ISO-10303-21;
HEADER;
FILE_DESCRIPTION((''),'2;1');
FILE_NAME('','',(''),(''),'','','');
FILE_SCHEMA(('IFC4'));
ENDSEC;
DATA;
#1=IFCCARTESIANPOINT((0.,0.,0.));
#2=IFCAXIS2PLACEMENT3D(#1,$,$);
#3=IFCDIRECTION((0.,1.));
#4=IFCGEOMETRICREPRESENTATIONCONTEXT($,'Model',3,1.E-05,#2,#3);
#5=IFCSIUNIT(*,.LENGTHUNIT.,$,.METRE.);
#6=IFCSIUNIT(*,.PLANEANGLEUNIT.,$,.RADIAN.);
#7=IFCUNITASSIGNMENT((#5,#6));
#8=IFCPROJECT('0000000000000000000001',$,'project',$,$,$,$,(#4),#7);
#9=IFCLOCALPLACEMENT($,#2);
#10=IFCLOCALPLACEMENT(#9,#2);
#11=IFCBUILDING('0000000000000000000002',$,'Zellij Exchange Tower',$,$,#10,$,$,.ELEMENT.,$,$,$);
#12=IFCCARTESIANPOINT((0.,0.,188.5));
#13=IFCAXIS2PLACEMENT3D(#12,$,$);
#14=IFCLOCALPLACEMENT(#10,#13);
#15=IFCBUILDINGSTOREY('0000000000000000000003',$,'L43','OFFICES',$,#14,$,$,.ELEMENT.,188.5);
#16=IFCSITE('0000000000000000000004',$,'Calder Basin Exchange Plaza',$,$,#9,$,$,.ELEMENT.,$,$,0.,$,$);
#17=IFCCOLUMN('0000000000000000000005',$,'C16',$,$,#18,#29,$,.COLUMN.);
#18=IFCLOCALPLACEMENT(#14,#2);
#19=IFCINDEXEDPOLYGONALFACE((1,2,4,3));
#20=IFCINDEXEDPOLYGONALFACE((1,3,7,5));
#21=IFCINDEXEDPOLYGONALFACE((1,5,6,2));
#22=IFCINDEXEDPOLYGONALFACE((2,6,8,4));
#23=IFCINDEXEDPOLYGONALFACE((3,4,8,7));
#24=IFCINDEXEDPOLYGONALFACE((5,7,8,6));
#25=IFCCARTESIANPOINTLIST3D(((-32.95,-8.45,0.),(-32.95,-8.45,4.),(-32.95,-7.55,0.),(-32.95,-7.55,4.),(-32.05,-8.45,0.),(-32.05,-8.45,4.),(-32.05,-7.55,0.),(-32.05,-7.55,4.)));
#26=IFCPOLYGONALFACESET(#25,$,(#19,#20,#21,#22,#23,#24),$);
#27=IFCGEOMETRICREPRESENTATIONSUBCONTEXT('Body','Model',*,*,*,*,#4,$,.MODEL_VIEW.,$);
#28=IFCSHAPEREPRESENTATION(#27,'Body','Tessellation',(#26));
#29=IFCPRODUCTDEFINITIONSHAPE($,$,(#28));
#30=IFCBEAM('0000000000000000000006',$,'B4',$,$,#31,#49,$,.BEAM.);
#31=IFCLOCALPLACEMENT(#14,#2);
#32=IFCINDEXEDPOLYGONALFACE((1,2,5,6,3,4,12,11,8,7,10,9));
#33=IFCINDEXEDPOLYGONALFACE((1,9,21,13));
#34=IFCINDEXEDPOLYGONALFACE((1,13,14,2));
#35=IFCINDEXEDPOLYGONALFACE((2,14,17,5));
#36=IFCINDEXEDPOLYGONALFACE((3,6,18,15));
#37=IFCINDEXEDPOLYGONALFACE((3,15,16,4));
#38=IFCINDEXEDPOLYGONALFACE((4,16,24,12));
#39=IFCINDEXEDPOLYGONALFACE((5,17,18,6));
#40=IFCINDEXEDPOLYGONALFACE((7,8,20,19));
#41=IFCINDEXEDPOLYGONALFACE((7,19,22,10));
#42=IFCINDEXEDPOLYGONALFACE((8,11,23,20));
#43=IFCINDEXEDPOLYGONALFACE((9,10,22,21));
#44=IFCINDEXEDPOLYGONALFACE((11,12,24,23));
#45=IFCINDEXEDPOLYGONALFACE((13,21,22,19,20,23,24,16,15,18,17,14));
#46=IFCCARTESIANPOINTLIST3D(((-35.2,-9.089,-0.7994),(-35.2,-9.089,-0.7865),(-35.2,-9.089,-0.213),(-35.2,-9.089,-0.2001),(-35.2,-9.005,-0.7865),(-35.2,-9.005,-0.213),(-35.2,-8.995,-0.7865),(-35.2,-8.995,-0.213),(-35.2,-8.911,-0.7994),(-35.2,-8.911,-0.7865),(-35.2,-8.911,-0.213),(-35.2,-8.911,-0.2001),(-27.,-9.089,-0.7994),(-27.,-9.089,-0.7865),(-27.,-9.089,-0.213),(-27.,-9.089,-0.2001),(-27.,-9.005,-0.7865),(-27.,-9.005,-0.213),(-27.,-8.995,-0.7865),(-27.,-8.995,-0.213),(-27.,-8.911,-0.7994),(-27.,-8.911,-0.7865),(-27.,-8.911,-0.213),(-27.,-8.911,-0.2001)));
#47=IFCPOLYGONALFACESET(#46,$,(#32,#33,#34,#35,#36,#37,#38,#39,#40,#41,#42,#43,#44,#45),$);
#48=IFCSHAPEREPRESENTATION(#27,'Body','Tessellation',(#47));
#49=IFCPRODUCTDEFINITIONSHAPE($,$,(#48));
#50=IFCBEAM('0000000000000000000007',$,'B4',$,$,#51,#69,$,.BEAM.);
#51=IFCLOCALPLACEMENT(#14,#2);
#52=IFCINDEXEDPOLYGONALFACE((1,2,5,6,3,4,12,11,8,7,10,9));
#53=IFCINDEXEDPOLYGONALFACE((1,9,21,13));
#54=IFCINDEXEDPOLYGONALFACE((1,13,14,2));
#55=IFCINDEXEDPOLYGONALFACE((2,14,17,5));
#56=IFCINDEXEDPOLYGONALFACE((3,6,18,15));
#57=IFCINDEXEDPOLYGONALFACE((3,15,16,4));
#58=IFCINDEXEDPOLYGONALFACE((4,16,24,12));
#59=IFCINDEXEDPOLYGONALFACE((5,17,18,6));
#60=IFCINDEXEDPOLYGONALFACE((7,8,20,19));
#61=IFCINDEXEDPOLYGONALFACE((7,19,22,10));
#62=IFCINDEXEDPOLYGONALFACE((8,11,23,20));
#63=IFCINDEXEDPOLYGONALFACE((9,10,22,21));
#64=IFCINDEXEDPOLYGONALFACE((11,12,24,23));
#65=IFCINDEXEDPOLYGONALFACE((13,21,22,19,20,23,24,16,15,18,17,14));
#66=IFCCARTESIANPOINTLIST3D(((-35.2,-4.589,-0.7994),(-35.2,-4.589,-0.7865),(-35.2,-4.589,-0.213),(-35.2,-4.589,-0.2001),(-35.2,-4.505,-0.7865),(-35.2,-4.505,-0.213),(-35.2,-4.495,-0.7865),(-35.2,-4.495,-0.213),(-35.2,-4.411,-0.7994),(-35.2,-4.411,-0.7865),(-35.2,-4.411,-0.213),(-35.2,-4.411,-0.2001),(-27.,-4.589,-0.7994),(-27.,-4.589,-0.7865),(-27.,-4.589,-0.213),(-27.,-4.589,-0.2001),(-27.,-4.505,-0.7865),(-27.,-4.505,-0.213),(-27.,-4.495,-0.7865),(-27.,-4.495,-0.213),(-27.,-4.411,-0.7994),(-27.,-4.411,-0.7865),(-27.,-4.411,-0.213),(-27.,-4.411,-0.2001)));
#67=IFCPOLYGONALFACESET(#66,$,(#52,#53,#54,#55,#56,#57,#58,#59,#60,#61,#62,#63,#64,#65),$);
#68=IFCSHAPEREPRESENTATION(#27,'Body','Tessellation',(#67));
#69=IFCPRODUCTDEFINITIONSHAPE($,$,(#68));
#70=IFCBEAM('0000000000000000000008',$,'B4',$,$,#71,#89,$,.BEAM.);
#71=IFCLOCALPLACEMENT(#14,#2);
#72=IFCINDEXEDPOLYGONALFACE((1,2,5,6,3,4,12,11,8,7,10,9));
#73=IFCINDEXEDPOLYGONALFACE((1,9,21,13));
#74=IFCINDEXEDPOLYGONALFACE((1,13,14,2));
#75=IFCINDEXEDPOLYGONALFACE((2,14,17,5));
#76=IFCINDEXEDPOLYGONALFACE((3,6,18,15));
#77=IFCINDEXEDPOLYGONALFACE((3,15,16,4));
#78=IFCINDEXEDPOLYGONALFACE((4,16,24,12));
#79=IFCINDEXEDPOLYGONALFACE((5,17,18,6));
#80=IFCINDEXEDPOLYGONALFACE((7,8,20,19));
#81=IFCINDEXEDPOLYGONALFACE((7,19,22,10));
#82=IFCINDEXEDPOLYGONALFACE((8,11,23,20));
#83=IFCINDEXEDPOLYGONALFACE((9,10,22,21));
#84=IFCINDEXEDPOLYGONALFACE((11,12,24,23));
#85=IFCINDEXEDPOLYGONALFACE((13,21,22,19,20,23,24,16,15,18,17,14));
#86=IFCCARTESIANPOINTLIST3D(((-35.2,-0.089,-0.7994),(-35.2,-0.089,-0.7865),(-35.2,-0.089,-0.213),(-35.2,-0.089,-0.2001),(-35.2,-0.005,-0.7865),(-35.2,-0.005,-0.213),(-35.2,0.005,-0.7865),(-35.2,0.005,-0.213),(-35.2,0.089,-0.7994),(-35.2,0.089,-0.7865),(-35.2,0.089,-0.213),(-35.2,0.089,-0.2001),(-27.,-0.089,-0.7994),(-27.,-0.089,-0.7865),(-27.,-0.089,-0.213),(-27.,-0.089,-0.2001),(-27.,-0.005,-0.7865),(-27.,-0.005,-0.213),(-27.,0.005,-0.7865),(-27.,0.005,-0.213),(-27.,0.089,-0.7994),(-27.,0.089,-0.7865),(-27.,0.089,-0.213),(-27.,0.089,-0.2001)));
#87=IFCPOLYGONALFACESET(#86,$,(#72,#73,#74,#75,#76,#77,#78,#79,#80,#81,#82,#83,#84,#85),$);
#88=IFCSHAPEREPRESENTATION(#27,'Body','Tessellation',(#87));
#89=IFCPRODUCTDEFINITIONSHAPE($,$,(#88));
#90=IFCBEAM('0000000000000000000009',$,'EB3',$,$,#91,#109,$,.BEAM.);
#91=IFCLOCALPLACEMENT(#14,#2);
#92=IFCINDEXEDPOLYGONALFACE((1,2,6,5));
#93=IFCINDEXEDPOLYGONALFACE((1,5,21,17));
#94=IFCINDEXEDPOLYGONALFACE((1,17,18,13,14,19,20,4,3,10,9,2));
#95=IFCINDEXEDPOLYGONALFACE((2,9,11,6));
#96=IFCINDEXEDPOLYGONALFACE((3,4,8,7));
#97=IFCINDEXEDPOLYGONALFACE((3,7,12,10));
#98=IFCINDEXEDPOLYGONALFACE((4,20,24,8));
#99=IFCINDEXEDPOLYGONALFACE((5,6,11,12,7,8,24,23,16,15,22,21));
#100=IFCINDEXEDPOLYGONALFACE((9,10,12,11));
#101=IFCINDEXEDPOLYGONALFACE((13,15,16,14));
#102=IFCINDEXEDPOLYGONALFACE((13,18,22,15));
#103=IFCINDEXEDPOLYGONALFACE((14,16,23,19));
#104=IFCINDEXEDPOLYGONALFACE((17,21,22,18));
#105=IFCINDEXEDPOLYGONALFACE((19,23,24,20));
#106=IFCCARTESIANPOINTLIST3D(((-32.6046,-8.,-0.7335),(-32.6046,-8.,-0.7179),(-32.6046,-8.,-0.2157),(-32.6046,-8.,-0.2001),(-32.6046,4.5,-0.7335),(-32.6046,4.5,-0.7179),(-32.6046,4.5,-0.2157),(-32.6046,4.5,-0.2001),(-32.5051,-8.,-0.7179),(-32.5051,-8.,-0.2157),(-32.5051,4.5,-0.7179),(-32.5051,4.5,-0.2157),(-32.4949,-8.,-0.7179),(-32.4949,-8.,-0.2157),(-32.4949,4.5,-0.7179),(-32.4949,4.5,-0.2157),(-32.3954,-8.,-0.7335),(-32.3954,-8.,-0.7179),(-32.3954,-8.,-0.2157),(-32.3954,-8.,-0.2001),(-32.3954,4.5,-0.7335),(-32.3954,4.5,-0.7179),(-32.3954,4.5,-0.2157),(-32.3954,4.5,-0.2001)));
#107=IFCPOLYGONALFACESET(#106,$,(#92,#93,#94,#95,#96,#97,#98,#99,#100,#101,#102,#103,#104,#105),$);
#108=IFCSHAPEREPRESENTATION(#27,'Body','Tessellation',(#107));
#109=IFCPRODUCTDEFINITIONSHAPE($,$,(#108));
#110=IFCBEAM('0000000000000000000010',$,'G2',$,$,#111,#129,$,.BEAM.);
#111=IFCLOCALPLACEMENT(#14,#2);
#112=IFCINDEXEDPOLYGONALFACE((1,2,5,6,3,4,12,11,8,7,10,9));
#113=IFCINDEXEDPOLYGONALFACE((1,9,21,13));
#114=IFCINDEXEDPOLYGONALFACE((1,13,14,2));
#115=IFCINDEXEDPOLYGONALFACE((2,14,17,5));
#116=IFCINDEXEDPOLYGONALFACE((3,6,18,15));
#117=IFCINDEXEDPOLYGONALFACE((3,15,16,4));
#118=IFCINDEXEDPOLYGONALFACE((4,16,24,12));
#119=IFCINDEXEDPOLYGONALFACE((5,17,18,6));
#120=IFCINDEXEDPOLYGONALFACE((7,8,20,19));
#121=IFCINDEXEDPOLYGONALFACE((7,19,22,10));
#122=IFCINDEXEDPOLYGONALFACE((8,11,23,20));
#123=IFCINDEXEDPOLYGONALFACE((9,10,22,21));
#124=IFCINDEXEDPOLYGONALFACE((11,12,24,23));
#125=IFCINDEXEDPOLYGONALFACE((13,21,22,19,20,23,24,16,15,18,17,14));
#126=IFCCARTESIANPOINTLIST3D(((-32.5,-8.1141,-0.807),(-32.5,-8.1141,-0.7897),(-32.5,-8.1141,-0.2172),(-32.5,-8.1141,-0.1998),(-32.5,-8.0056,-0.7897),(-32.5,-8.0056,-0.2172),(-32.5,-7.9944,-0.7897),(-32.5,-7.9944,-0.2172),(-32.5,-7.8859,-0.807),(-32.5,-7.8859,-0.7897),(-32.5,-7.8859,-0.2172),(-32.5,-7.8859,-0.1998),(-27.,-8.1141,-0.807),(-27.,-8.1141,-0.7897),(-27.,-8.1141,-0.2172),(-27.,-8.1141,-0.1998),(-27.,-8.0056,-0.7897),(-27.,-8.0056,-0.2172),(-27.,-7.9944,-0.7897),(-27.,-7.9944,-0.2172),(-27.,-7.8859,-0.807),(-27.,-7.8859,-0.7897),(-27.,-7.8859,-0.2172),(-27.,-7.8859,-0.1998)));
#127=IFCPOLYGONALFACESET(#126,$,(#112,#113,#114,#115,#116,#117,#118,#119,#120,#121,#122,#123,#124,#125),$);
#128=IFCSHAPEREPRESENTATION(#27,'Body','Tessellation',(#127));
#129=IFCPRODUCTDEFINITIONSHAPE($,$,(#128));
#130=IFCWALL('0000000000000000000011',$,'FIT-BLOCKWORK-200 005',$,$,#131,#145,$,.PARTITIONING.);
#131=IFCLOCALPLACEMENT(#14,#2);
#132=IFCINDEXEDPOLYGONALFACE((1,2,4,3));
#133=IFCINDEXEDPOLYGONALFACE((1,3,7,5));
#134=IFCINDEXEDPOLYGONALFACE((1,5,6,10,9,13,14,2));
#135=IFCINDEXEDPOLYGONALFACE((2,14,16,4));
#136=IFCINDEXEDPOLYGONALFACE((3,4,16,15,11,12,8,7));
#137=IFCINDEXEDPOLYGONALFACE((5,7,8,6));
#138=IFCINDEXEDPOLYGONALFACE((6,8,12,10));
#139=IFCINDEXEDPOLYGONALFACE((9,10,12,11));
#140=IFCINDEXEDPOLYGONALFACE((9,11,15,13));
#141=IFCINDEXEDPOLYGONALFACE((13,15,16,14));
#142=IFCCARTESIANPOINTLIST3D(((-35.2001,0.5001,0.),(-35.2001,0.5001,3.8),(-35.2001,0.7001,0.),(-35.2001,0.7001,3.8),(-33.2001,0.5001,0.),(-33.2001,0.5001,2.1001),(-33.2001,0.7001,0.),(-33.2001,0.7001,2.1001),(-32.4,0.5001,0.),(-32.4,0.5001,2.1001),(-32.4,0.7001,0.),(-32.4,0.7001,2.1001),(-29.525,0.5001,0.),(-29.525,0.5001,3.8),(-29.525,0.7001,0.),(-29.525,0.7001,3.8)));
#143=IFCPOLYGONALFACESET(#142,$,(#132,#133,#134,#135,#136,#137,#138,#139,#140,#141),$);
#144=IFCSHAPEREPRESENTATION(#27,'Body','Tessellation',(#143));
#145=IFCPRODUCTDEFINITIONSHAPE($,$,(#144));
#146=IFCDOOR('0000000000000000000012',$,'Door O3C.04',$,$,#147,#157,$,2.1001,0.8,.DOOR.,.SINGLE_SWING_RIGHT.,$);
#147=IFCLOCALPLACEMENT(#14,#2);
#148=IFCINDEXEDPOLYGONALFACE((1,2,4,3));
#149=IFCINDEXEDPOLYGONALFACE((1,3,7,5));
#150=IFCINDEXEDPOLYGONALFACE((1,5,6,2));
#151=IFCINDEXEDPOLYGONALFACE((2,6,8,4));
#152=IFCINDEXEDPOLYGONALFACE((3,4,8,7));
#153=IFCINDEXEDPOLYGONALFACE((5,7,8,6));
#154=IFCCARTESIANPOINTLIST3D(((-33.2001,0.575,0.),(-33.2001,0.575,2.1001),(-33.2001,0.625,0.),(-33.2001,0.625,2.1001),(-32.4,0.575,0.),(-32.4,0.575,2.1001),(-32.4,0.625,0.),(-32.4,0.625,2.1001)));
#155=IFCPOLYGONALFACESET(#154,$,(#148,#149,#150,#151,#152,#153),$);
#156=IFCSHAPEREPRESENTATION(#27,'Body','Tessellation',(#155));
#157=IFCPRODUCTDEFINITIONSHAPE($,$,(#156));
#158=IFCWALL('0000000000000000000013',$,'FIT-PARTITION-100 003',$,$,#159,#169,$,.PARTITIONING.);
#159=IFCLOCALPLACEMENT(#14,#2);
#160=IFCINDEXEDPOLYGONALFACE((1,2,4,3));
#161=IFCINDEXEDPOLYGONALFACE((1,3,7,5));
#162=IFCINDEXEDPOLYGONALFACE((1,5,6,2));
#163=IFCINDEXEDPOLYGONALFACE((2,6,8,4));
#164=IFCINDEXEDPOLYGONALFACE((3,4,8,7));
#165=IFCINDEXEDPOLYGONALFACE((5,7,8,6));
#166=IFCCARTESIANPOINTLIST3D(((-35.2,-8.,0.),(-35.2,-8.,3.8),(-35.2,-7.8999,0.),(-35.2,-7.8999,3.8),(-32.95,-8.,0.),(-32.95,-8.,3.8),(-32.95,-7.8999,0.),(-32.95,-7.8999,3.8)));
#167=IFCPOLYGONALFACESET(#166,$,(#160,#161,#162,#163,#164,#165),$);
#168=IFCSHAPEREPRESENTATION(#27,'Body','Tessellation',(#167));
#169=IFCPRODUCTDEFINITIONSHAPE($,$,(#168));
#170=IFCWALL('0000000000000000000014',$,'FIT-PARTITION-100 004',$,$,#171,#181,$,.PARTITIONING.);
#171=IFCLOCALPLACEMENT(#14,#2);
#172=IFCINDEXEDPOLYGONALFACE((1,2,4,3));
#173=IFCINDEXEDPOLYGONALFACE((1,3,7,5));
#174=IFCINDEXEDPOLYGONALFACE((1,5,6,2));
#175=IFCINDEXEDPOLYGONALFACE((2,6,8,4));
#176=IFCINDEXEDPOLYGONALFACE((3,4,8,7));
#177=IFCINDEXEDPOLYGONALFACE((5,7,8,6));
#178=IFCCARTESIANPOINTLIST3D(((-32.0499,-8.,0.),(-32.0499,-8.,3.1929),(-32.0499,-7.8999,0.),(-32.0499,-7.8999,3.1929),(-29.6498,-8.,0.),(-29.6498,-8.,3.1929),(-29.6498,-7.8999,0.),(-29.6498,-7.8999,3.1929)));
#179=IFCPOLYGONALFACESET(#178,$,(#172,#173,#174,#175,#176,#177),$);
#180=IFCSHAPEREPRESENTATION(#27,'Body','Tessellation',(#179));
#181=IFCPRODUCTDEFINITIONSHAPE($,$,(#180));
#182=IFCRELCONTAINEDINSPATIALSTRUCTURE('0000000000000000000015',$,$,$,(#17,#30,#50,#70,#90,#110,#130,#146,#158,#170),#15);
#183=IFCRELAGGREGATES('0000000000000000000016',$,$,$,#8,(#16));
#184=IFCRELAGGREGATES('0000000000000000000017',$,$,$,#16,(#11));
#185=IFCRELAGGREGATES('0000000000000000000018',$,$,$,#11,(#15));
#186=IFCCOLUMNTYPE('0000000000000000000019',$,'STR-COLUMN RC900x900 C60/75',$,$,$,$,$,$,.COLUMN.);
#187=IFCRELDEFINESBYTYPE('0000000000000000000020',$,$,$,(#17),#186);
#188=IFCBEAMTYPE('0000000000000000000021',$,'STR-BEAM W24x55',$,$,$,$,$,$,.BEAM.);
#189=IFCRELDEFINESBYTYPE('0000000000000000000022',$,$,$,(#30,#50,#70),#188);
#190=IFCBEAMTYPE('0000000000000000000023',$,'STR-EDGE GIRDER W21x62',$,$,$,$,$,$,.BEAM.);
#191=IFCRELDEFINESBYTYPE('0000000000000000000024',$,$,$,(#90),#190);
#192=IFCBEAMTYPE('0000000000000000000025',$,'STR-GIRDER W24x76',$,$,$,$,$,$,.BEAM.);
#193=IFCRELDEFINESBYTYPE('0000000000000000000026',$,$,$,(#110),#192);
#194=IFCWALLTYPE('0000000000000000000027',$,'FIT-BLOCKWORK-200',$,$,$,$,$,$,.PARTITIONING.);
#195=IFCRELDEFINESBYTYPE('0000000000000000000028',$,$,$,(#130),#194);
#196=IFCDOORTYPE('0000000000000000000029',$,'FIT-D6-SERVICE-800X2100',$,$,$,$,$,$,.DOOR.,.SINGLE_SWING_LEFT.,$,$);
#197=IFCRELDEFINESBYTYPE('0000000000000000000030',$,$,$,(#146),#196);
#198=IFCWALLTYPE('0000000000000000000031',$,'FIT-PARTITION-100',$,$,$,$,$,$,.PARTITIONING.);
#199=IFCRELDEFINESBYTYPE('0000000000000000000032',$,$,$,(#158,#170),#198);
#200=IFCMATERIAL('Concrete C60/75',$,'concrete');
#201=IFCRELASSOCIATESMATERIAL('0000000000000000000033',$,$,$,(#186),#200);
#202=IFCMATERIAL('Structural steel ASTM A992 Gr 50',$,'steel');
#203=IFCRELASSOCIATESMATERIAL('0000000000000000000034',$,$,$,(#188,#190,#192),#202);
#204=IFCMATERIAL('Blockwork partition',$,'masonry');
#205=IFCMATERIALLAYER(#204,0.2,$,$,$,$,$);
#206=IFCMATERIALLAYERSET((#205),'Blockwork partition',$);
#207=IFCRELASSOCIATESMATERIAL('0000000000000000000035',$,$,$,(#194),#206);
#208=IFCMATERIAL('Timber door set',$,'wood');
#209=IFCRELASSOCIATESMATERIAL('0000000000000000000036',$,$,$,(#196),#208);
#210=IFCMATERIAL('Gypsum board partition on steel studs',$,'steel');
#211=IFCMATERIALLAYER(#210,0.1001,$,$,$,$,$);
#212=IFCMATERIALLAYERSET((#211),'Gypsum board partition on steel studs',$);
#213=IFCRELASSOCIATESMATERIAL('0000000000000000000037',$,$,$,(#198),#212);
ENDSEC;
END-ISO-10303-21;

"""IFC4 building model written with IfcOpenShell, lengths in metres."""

from ifc_helpers import new_model, si_unit, direction, frame, frame_2d, origin, origin_2d, place, context, subcontext, project, spatial, rectangle, i_section, extrude, material, layer, layer_set, material_profile, profile_set, type_object, element, fill, save


model = new_model("IFC4")

# Units and contexts
model_context = context("Model", 3, precision=1e-05, world=origin(), true_north=direction((0.0, 1.0)))
body_context = subcontext(model_context, "Body", "Model", "MODEL_VIEW")
ifc_project = project(units=[si_unit("LENGTHUNIT", "METRE"), si_unit("PLANEANGLEUNIT", "RADIAN")], contexts=[model_context])

# Site, building, storey
site_placement = place(None, origin())
site = spatial("IfcSite", under=ifc_project, at=site_placement, Name="Calder Basin Exchange Plaza", CompositionType="ELEMENT", RefElevation=0.0)
building_placement = place(site_placement, origin())
building = spatial("IfcBuilding", under=site, at=building_placement, Name="Zellij Exchange Tower", CompositionType="ELEMENT")
storey_placement = place(building_placement, frame((0.0, 0.0, 188.5)))
storey = spatial("IfcBuildingStorey", under=building, at=storey_placement, Name="L43", Description="OFFICES", CompositionType="ELEMENT", Elevation=188.5)

# Column
ifc_material_1 = material(Name="Concrete C60/75", Category="concrete")
ifc_material_profile_1 = material_profile(ifc_material_1, rectangle(XDim=0.8999, YDim=0.8999, at=origin_2d()), Name="STR-COLUMN RC900x900 C60/75")
ifc_profile_set_1 = profile_set([ifc_material_profile_1], Name="Concrete C60/75")
column_type = type_object("IfcColumnType", Name="STR-COLUMN RC900x900 C60/75", PredefinedType="COLUMN", material=ifc_profile_set_1)
column_placement = place(storey_placement, frame((-32.5, -8.0, 0.0), z_axis=(0.0, 0.0, 1.0), x_axis=(1.0, 0.0, 0.0)))
element("IfcColumn", 1, at=column_placement, inside=storey, type_object=column_type, Name="C16", PredefinedType="COLUMN", context=body_context, shape_type="SweptSolid", body=[
    extrude(rectangle(XDim=0.8999, YDim=0.8999, at=origin_2d()), origin(), (0.0, 0.0, 1.0), 4.0),
])

# Beams
ifc_material_2 = material(Name="Structural steel ASTM A992 Gr 50", Category="steel")
ifc_material_profile_2 = material_profile(ifc_material_2, i_section(OverallWidth=0.178, OverallDepth=0.5994, WebThickness=0.01, FlangeThickness=0.0129, at=origin_2d()), Name="W24x55")
ifc_profile_set_2 = profile_set([ifc_material_profile_2], Name="Structural steel ASTM A992 Gr 50")
beam_type_1 = type_object("IfcBeamType", Name="STR-BEAM W24x55", PredefinedType="BEAM", material=ifc_profile_set_2)
for number, where, z_axis, x_axis, name in (
    (2, (-35.2, -9.0, -0.4998), (1.0, 0.0, 0.0), (0.0, 1.0, 0.0), "B4"),
    (3, (-35.2, -4.5, -0.4998), (1.0, 0.0, 0.0), (0.0, 1.0, 0.0), "B4"),
    (4, (-35.2, 0.0, -0.4998), (1.0, 0.0, 0.0), (0.0, 1.0, 0.0), "B4"),
):
    element("IfcBeam", number, at=place(storey_placement, frame(where, z_axis=z_axis, x_axis=x_axis)), inside=storey, type_object=beam_type_1, Name=name, PredefinedType="BEAM", context=body_context, shape_type="SweptSolid", body=[
        extrude(i_section(OverallWidth=0.178, OverallDepth=0.5994, WebThickness=0.01, FlangeThickness=0.0129, at=origin_2d()), origin(), (0.0, 0.0, 1.0), 8.2),
    ])
ifc_material_profile_3 = material_profile(ifc_material_2, i_section(OverallWidth=0.2092, OverallDepth=0.5334, WebThickness=0.0103, FlangeThickness=0.0156, at=origin_2d()), Name="W21x62")
ifc_profile_set_3 = profile_set([ifc_material_profile_3], Name="Structural steel ASTM A992 Gr 50")
beam_type_2 = type_object("IfcBeamType", Name="STR-EDGE GIRDER W21x62", PredefinedType="BEAM", material=ifc_profile_set_3)
beam_1_placement = place(storey_placement, frame((-32.5, -8.0, -0.4668), z_axis=(0.0, 1.0, 0.0), x_axis=(-1.0, 0.0, 0.0)))
element("IfcBeam", 5, at=beam_1_placement, inside=storey, type_object=beam_type_2, Name="EB3", PredefinedType="BEAM", context=body_context, shape_type="SweptSolid", body=[
    extrude(i_section(OverallWidth=0.2092, OverallDepth=0.5334, WebThickness=0.0103, FlangeThickness=0.0156, at=origin_2d()), origin(), (0.0, 0.0, 1.0), 12.5),
])
ifc_material_profile_4 = material_profile(ifc_material_2, i_section(OverallWidth=0.2283, OverallDepth=0.6072, WebThickness=0.0112, FlangeThickness=0.0173, at=origin_2d()), Name="W24x76")
ifc_profile_set_4 = profile_set([ifc_material_profile_4], Name="Structural steel ASTM A992 Gr 50")
beam_type_3 = type_object("IfcBeamType", Name="STR-GIRDER W24x76", PredefinedType="BEAM", material=ifc_profile_set_4)
beam_2_placement = place(storey_placement, frame((-32.5, -8.0, -0.5034), z_axis=(1.0, 0.0, 0.0), x_axis=(0.0, 1.0, 0.0)))
element("IfcBeam", 6, at=beam_2_placement, inside=storey, type_object=beam_type_3, Name="G2", PredefinedType="BEAM", context=body_context, shape_type="SweptSolid", body=[
    extrude(i_section(OverallWidth=0.2283, OverallDepth=0.6072, WebThickness=0.0112, FlangeThickness=0.0173, at=origin_2d()), origin(), (0.0, 0.0, 1.0), 5.5),
])

# Wall, opening, door
ifc_material_3 = material(Name="Blockwork partition", Category="masonry")
ifc_layer_1 = layer(ifc_material_3, 0.2)
ifc_layer_set_1 = layer_set([ifc_layer_1], Name="Blockwork partition")
wall_type_1 = type_object("IfcWallType", Name="FIT-BLOCKWORK-200", PredefinedType="PARTITIONING", material=ifc_layer_set_1)
wall_1_placement = place(storey_placement, frame((-35.2, 0.6001, 0.0), z_axis=(0.0, 0.0, 1.0), x_axis=(1.0, 0.0, 0.0)))
wall_1 = element("IfcWall", 7, at=wall_1_placement, inside=storey, type_object=wall_type_1, Name="FIT-BLOCKWORK-200 005", PredefinedType="PARTITIONING", context=body_context, shape_type="SweptSolid", body=[
    extrude(rectangle(XDim=5.675, YDim=0.2, at=frame_2d((2.8374, 0.0))), origin(), (0.0, 0.0, 1.0), 3.8),
])
opening_placement = place(wall_1_placement, frame((2.0, 0.0, 0.0)))
opening = element("IfcOpeningElement", 8, at=opening_placement, cuts=wall_1, PredefinedType="OPENING", context=body_context, shape_type="SweptSolid", body=[
    extrude(rectangle(XDim=0.8, YDim=2.1001, at=frame_2d((0.3999, 1.05))), frame((0.0, 0.1118, 0.0), z_axis=(0.0, -1.0, 0.0), x_axis=(1.0, 0.0, 0.0)), (0.0, 0.0, 1.0), 0.2239),
])
ifc_material_4 = material(Name="Timber door set", Category="wood")
door_type = type_object("IfcDoorType", Name="FIT-D6-SERVICE-800X2100", OperationType="SINGLE_SWING_LEFT", PredefinedType="DOOR", material=ifc_material_4)
door_placement = place(opening_placement, origin())
door = element("IfcDoor", 9, at=door_placement, inside=storey, type_object=door_type, Name="Door O3C.04", OperationType="SINGLE_SWING_RIGHT", OverallHeight=2.1001, OverallWidth=0.8, PredefinedType="DOOR", context=body_context, shape_type="SweptSolid", body=[
    extrude(rectangle(XDim=0.8, YDim=2.1001, at=frame_2d((0.3999, 1.05))), frame((0.0, 0.0249, 0.0), z_axis=(0.0, -1.0, 0.0), x_axis=(1.0, 0.0, 0.0)), (0.0, 0.0, 1.0), 0.05),
])
fill(opening, door)

# Walls
ifc_material_5 = material(Name="Gypsum board partition on steel studs", Category="steel")
ifc_layer_2 = layer(ifc_material_5, 0.1001)
ifc_layer_set_2 = layer_set([ifc_layer_2], Name="Gypsum board partition on steel studs")
wall_type_2 = type_object("IfcWallType", Name="FIT-PARTITION-100", PredefinedType="PARTITIONING", material=ifc_layer_set_2)
wall_2_placement = place(storey_placement, frame((-35.2, -7.95, 0.0), z_axis=(0.0, 0.0, 1.0), x_axis=(1.0, 0.0, 0.0)))
element("IfcWall", 10, at=wall_2_placement, inside=storey, type_object=wall_type_2, Name="FIT-PARTITION-100 003", PredefinedType="PARTITIONING", context=body_context, shape_type="SweptSolid", body=[
    extrude(rectangle(XDim=2.25, YDim=0.1001, at=frame_2d((1.125, 0.0))), origin(), (0.0, 0.0, 1.0), 3.8),
])
wall_3_placement = place(storey_placement, frame((-32.05, -7.95, 0.0), z_axis=(0.0, 0.0, 1.0), x_axis=(1.0, 0.0, 0.0)))
element("IfcWall", 11, at=wall_3_placement, inside=storey, type_object=wall_type_2, Name="FIT-PARTITION-100 004", PredefinedType="PARTITIONING", context=body_context, shape_type="SweptSolid", body=[
    extrude(rectangle(XDim=2.4001, YDim=0.1001, at=frame_2d((1.2002, 0.0))), origin(), (0.0, 0.0, 1.0), 3.1929),
])

save(model, "model.ifc")
